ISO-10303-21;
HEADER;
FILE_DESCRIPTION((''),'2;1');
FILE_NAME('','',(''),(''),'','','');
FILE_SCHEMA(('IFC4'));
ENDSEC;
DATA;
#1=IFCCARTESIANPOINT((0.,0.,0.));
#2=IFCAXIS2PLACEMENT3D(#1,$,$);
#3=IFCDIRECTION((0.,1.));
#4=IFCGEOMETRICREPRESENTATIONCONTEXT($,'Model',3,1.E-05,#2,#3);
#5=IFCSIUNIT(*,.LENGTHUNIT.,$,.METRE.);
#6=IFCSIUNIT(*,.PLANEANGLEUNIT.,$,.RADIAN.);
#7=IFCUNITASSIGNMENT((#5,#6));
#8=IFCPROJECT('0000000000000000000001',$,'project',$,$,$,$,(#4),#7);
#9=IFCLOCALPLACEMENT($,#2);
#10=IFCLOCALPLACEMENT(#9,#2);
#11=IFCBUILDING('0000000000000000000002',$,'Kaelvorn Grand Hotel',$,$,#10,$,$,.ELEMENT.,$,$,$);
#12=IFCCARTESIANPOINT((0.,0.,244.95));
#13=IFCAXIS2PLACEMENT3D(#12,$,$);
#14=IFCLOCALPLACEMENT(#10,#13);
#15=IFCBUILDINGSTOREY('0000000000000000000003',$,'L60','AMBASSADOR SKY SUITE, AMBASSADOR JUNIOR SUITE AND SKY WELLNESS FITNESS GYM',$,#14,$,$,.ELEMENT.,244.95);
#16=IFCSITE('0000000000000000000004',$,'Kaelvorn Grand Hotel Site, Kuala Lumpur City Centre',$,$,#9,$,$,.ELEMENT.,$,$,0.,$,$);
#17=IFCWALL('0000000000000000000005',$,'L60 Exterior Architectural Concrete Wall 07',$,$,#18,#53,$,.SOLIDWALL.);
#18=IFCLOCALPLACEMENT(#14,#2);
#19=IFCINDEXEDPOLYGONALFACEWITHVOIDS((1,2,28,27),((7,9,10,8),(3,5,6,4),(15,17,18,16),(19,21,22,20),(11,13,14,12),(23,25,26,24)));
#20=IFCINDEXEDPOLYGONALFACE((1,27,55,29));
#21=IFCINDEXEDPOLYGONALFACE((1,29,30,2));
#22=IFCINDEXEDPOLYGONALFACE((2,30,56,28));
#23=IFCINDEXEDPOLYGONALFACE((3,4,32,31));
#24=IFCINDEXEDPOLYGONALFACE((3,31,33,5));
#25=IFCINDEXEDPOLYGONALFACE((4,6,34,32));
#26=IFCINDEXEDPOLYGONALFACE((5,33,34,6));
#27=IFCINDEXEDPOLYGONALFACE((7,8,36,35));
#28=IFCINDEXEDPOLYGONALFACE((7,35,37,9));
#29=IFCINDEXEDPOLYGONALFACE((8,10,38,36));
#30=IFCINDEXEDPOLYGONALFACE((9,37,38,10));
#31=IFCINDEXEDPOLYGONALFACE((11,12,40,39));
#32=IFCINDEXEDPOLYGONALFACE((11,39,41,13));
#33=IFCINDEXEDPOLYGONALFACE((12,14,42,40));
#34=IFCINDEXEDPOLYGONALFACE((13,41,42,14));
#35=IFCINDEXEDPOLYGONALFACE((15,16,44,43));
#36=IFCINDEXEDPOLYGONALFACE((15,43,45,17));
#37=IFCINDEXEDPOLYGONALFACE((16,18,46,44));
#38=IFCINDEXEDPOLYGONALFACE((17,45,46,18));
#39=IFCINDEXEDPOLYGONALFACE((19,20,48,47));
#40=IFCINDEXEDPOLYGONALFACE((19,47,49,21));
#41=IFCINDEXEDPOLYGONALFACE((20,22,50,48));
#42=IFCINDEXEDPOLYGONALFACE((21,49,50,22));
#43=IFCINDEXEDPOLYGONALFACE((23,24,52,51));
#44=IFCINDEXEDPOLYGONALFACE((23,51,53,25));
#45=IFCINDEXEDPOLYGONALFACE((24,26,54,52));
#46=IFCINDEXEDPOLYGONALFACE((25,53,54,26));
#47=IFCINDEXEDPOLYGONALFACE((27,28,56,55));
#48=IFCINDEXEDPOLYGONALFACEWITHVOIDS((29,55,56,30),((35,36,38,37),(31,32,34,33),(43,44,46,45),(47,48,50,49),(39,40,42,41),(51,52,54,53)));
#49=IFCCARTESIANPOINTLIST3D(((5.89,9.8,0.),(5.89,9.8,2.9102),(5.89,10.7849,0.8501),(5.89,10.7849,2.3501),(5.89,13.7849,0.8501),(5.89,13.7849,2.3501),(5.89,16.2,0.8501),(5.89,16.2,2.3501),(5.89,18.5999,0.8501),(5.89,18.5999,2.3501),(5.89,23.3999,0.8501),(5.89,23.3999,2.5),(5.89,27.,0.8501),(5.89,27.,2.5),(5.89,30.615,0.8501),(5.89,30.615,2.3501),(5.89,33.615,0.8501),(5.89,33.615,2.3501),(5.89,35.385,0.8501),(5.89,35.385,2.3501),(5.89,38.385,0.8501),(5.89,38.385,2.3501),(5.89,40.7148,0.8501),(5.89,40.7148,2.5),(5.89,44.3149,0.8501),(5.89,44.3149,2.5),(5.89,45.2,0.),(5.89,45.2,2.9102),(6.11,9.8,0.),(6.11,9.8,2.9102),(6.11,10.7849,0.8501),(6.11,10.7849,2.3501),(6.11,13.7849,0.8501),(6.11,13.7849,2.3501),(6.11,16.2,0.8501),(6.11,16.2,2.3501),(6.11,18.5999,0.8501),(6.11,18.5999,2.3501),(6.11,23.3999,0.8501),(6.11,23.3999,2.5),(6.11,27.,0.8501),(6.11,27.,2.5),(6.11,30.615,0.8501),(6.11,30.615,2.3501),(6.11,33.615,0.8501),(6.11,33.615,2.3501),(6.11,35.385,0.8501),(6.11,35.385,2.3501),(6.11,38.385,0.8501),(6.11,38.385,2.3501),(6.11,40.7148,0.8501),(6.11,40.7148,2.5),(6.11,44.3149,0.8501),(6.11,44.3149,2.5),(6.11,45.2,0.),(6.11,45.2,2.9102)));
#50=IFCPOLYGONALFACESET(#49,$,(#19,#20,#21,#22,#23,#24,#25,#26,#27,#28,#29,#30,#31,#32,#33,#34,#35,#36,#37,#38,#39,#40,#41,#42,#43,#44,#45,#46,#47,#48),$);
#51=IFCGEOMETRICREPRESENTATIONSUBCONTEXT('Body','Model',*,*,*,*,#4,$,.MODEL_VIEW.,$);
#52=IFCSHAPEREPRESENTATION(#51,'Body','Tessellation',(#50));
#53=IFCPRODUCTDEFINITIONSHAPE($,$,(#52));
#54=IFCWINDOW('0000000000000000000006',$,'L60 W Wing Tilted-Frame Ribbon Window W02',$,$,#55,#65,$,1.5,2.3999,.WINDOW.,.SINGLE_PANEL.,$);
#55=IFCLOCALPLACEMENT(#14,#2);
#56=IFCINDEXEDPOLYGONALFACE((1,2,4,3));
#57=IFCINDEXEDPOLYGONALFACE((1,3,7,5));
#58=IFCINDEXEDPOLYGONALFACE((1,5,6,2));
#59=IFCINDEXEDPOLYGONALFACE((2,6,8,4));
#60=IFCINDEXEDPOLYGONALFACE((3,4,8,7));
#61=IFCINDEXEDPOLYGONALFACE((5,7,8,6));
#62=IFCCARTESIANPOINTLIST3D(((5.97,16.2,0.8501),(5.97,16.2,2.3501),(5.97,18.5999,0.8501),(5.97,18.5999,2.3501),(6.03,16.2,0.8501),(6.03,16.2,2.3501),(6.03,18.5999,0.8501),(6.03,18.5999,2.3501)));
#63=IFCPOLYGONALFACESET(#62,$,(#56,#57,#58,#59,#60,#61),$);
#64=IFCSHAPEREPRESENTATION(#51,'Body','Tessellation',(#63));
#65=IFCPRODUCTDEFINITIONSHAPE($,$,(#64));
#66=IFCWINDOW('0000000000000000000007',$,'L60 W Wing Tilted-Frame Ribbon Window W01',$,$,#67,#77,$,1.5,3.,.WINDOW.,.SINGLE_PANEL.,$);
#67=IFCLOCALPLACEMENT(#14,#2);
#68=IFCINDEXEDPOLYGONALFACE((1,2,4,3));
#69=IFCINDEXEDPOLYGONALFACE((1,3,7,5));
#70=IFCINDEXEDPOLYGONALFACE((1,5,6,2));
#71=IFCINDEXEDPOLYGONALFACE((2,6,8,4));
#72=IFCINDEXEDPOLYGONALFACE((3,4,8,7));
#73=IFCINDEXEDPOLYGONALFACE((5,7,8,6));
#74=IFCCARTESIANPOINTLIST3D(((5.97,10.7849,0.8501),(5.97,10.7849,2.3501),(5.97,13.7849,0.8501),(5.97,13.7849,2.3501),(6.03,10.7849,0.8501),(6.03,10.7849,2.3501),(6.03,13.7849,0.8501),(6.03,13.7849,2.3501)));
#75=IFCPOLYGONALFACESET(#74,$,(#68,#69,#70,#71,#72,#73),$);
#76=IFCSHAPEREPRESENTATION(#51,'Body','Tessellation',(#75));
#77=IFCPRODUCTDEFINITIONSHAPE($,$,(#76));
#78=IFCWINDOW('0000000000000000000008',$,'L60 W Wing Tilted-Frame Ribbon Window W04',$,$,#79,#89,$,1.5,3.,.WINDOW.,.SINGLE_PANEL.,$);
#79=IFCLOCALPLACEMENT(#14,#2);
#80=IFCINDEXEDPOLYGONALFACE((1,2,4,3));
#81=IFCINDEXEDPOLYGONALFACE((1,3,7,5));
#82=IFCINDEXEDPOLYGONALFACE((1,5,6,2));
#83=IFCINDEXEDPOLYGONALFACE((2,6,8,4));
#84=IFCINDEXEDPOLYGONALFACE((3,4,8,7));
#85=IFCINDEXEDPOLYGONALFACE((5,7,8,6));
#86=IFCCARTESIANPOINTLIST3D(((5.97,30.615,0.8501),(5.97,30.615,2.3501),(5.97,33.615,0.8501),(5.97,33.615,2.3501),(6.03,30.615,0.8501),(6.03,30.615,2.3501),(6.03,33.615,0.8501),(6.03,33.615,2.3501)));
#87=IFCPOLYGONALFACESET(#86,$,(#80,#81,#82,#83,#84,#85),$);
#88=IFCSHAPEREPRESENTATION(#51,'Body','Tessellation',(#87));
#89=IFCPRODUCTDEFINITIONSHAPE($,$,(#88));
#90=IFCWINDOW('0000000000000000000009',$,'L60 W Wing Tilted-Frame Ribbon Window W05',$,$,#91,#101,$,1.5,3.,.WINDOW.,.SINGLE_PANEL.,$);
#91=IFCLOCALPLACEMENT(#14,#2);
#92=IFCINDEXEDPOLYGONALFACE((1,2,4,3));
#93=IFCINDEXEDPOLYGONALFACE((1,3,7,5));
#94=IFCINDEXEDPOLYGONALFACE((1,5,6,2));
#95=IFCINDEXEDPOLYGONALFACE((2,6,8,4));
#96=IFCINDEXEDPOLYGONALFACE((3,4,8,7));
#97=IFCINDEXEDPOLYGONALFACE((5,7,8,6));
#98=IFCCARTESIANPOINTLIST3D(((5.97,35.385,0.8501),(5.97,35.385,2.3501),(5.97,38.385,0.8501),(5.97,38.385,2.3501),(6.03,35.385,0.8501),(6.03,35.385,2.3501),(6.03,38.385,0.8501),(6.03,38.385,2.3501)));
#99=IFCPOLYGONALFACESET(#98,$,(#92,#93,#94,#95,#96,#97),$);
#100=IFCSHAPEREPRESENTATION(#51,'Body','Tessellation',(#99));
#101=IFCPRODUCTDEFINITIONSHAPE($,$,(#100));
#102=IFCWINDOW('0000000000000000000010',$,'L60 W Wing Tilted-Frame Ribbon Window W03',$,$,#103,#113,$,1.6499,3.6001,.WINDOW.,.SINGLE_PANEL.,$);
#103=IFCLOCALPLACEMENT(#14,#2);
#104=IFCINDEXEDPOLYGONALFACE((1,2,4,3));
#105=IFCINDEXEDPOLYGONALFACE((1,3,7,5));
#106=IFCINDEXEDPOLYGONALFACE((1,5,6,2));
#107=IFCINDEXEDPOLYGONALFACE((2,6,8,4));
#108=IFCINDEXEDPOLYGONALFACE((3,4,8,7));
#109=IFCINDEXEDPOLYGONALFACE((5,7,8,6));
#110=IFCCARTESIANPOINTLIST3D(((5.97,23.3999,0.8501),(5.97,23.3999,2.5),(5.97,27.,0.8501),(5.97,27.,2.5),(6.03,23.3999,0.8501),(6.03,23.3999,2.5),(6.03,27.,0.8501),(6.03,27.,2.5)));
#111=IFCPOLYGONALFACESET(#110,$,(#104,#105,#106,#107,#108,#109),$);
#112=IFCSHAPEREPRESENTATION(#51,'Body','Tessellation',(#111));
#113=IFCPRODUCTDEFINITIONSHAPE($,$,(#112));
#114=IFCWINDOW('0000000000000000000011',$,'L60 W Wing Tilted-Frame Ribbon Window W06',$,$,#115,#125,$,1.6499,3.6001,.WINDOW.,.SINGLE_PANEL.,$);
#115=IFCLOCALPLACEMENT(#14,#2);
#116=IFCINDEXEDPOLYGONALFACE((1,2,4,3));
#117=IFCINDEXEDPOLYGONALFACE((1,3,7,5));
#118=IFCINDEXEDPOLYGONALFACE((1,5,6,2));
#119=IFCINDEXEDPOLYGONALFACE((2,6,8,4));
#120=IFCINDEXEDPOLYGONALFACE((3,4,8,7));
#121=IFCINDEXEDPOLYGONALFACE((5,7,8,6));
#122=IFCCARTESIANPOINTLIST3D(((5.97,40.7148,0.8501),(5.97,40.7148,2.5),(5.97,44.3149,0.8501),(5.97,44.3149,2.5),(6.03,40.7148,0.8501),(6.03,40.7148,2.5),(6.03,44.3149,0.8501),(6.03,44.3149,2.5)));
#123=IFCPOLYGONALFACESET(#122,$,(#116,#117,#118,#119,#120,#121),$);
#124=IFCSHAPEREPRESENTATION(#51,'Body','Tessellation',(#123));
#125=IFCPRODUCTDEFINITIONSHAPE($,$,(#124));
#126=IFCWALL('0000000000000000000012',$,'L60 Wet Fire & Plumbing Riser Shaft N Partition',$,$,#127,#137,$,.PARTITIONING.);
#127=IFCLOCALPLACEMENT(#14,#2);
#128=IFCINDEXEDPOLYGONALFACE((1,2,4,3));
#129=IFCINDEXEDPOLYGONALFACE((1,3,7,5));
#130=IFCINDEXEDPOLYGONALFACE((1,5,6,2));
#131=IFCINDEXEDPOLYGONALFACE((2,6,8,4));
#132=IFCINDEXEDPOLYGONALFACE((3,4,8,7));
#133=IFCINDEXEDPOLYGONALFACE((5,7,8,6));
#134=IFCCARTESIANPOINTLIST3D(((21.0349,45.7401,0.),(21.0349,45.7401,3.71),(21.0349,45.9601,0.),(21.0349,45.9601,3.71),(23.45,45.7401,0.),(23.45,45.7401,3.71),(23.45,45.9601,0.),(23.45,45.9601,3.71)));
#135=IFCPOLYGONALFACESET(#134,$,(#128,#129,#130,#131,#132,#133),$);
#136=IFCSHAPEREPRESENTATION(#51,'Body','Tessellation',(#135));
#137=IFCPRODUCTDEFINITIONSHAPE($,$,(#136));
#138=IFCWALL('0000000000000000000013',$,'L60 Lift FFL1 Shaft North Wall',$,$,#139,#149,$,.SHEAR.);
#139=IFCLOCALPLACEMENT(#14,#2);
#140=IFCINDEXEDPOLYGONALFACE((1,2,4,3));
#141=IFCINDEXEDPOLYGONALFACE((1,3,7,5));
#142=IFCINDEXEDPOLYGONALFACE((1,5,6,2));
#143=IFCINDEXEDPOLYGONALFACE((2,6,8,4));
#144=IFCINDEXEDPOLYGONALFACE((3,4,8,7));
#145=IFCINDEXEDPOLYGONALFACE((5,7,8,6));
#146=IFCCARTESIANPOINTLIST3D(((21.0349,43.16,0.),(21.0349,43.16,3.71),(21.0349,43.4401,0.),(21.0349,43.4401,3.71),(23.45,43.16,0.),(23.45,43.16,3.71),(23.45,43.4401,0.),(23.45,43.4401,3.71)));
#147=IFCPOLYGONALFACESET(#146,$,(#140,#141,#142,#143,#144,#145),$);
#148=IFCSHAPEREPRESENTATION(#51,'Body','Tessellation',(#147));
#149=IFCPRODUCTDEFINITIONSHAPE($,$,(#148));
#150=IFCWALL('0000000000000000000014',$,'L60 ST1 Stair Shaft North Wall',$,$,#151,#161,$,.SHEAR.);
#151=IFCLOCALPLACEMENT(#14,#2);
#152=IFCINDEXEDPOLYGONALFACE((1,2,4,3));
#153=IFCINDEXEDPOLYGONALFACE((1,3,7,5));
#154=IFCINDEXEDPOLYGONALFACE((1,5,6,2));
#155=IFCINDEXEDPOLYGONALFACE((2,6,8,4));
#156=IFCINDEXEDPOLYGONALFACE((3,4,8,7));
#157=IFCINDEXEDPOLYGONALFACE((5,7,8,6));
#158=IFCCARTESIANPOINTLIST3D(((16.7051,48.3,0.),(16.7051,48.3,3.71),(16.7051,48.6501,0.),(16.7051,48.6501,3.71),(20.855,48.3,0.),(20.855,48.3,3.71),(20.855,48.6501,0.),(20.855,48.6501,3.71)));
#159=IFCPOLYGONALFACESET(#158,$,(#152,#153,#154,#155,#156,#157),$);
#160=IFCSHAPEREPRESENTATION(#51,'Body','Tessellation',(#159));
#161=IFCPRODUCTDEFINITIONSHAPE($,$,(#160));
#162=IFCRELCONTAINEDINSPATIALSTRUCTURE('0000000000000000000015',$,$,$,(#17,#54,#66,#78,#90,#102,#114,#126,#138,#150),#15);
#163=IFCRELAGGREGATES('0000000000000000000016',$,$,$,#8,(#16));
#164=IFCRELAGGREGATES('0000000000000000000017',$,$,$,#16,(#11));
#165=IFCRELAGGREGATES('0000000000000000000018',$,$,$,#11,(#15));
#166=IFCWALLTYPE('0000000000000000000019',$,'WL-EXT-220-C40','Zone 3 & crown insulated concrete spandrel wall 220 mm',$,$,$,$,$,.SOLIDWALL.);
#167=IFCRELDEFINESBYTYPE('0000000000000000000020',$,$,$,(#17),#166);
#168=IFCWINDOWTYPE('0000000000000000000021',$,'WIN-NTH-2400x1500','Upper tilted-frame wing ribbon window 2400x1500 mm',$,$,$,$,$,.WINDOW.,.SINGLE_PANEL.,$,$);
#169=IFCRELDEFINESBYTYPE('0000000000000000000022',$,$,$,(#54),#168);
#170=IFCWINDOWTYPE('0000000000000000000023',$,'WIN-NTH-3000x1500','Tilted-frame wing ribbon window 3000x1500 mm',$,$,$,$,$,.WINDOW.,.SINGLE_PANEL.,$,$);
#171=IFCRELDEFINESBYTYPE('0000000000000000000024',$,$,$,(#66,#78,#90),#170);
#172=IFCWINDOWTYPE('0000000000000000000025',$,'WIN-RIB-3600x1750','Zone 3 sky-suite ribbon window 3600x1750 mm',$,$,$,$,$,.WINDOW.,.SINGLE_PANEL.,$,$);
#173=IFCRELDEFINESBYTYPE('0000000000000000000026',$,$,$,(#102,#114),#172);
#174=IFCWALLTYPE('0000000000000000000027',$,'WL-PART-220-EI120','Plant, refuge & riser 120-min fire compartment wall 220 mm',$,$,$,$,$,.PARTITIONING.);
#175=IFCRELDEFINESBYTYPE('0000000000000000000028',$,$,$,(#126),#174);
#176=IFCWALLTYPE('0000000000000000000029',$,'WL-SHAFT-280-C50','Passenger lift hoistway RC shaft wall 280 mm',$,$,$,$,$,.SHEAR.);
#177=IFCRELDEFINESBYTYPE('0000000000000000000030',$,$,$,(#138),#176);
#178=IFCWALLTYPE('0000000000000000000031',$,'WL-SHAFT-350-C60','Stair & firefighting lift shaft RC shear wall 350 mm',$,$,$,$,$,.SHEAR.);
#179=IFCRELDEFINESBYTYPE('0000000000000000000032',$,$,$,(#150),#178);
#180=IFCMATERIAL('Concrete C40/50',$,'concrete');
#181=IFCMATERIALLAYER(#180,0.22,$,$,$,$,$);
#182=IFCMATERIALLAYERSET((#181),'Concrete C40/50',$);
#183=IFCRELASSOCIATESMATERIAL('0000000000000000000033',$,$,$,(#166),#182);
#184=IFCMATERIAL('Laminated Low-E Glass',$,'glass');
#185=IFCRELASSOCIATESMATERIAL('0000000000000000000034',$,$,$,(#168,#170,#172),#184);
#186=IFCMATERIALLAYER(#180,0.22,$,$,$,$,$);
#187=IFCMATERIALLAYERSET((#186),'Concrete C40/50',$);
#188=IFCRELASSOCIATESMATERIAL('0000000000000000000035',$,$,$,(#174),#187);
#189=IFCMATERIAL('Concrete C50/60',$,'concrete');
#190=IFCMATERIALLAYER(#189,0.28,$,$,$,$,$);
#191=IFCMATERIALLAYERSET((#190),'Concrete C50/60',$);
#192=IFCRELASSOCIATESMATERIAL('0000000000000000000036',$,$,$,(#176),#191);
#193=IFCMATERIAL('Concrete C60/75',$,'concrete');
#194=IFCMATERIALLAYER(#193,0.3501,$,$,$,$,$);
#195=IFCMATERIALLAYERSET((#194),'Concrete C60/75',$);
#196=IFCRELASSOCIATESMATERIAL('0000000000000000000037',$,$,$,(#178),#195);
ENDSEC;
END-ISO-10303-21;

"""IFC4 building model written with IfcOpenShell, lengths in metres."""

from ifc_helpers import new_model, si_unit, direction, frame, frame_2d, origin, place, context, subcontext, project, spatial, rectangle, extrude, material, layer, layer_set, type_object, element, fill, save


model = new_model("IFC4")

# Units and contexts
model_context = context("Model", 3, precision=1e-05, world=origin(), true_north=direction((0.0, 1.0)))
body_context = subcontext(model_context, "Body", "Model", "MODEL_VIEW")
ifc_project = project(units=[si_unit("LENGTHUNIT", "METRE"), si_unit("PLANEANGLEUNIT", "RADIAN")], contexts=[model_context])

# Site, building, storey
site_placement = place(None, origin())
site = spatial("IfcSite", under=ifc_project, at=site_placement, Name="Kaelvorn Grand Hotel Site, Kuala Lumpur City Centre", CompositionType="ELEMENT", RefElevation=0.0)
building_placement = place(site_placement, origin())
building = spatial("IfcBuilding", under=site, at=building_placement, Name="Kaelvorn Grand Hotel", CompositionType="ELEMENT")
storey_placement = place(building_placement, frame((0.0, 0.0, 244.95)))
storey = spatial("IfcBuildingStorey", under=building, at=storey_placement, Name="L60", Description="AMBASSADOR SKY SUITE, AMBASSADOR JUNIOR SUITE AND SKY WELLNESS FITNESS GYM", CompositionType="ELEMENT", Elevation=244.95)

# Shared definitions
ifc_material_1 = material(Name="Concrete C60/75", Category="concrete")
ifc_material_2 = material(Name="Concrete C50/60", Category="concrete")

# Shared definitions
ifc_material_3 = material(Name="Concrete C40/50", Category="concrete")
ifc_layer_1 = layer(ifc_material_3, 0.22)
ifc_layer_set_1 = layer_set([ifc_layer_1], Name="Concrete C40/50")
wall_type_1 = type_object("IfcWallType", Name="WL-EXT-220-C40", Description="Zone 3 & crown insulated concrete spandrel wall 220 mm", PredefinedType="SOLIDWALL", material=ifc_layer_set_1)
ifc_material_4 = material(Name="Laminated Low-E Glass", Category="glass")

# Wall, openings, windows
wall_1_placement = place(storey_placement, frame((6.0, 45.2, 0.0), z_axis=(0.0, 0.0, 1.0), x_axis=(0.0, -1.0, 0.0)))
wall_1 = element("IfcWall", 1, at=wall_1_placement, inside=storey, type_object=wall_type_1, Name="L60 Exterior Architectural Concrete Wall 07", PredefinedType="SOLIDWALL", context=body_context, shape_type="SweptSolid", body=[
    extrude(rectangle(XDim=35.3999, YDim=0.22, at=frame_2d((17.7, 0.0))), origin(), (0.0, 0.0, 1.0), 2.9102),
])
opening_1_placement = place(wall_1_placement, frame((31.415, 0.0, 0.8501)))
opening_1 = element("IfcOpeningElement", 2, at=opening_1_placement, cuts=wall_1, PredefinedType="OPENING", context=body_context, shape_type="SweptSolid", body=[
    extrude(rectangle(XDim=3.0, YDim=1.5, at=frame_2d((1.5, 0.75))), frame((0.0, 0.1201, 0.0), z_axis=(0.0, -1.0, 0.0), x_axis=(1.0, 0.0, 0.0)), (0.0, 0.0, 1.0), 0.24),
])
opening_2_placement = place(wall_1_placement, frame((26.6001, 0.0, 0.8501)))
opening_2 = element("IfcOpeningElement", 3, at=opening_2_placement, cuts=wall_1, PredefinedType="OPENING", context=body_context, shape_type="SweptSolid", body=[
    extrude(rectangle(XDim=2.3999, YDim=1.5, at=frame_2d((1.2, 0.75))), frame((0.0, 0.1201, 0.0), z_axis=(0.0, -1.0, 0.0), x_axis=(1.0, 0.0, 0.0)), (0.0, 0.0, 1.0), 0.24),
])
opening_3_placement = place(wall_1_placement, frame((18.2, 0.0, 0.8501)))
opening_3 = element("IfcOpeningElement", 4, at=opening_3_placement, cuts=wall_1, PredefinedType="OPENING", context=body_context, shape_type="SweptSolid", body=[
    extrude(rectangle(XDim=3.6001, YDim=1.6499, at=frame_2d((1.8, 0.825))), frame((0.0, 0.1201, 0.0), z_axis=(0.0, -1.0, 0.0), x_axis=(1.0, 0.0, 0.0)), (0.0, 0.0, 1.0), 0.24),
])
opening_4_placement = place(wall_1_placement, frame((11.585, 0.0, 0.8501)))
opening_4 = element("IfcOpeningElement", 5, at=opening_4_placement, cuts=wall_1, PredefinedType="OPENING", context=body_context, shape_type="SweptSolid", body=[
    extrude(rectangle(XDim=3.0, YDim=1.5, at=frame_2d((1.5, 0.75))), frame((0.0, 0.1201, 0.0), z_axis=(0.0, -1.0, 0.0), x_axis=(1.0, 0.0, 0.0)), (0.0, 0.0, 1.0), 0.24),
])
opening_5_placement = place(wall_1_placement, frame((6.8149, 0.0, 0.8501)))
opening_5 = element("IfcOpeningElement", 6, at=opening_5_placement, cuts=wall_1, PredefinedType="OPENING", context=body_context, shape_type="SweptSolid", body=[
    extrude(rectangle(XDim=3.0, YDim=1.5, at=frame_2d((1.5, 0.75))), frame((0.0, 0.1201, 0.0), z_axis=(0.0, -1.0, 0.0), x_axis=(1.0, 0.0, 0.0)), (0.0, 0.0, 1.0), 0.24),
])
opening_6_placement = place(wall_1_placement, frame((0.885, 0.0, 0.8501)))
opening_6 = element("IfcOpeningElement", 7, at=opening_6_placement, cuts=wall_1, PredefinedType="OPENING", context=body_context, shape_type="SweptSolid", body=[
    extrude(rectangle(XDim=3.6001, YDim=1.6499, at=frame_2d((1.8, 0.825))), frame((0.0, 0.1201, 0.0), z_axis=(0.0, -1.0, 0.0), x_axis=(1.0, 0.0, 0.0)), (0.0, 0.0, 1.0), 0.24),
])
window_type_1 = type_object("IfcWindowType", Name="WIN-NTH-2400x1500", Description="Upper tilted-frame wing ribbon window 2400x1500 mm", PartitioningType="SINGLE_PANEL", PredefinedType="WINDOW", material=ifc_material_4)
window_1_placement = place(opening_2_placement, origin())
window_1 = element("IfcWindow", 8, at=window_1_placement, inside=storey, type_object=window_type_1, Name="L60 W Wing Tilted-Frame Ribbon Window W02", OverallHeight=1.5, OverallWidth=2.3999, PartitioningType="SINGLE_PANEL", PredefinedType="WINDOW", context=body_context, shape_type="SweptSolid", body=[
    extrude(rectangle(XDim=2.3999, YDim=1.5, at=frame_2d((1.2, 0.75))), frame((0.0, 0.03, 0.0), z_axis=(0.0, -1.0, 0.0), x_axis=(1.0, 0.0, 0.0)), (0.0, 0.0, 1.0), 0.0601),
])
fill(opening_2, window_1)
window_type_2 = type_object("IfcWindowType", Name="WIN-NTH-3000x1500", Description="Tilted-frame wing ribbon window 3000x1500 mm", PartitioningType="SINGLE_PANEL", PredefinedType="WINDOW", material=ifc_material_4)
window_2_placement = place(opening_1_placement, origin())
window_2 = element("IfcWindow", 9, at=window_2_placement, inside=storey, type_object=window_type_2, Name="L60 W Wing Tilted-Frame Ribbon Window W01", OverallHeight=1.5, OverallWidth=3.0, PartitioningType="SINGLE_PANEL", PredefinedType="WINDOW", context=body_context, shape_type="SweptSolid", body=[
    extrude(rectangle(XDim=3.0, YDim=1.5, at=frame_2d((1.5, 0.75))), frame((0.0, 0.03, 0.0), z_axis=(0.0, -1.0, 0.0), x_axis=(1.0, 0.0, 0.0)), (0.0, 0.0, 1.0), 0.0601),
])
fill(opening_1, window_2)
window_3_placement = place(opening_4_placement, origin())
window_3 = element("IfcWindow", 10, at=window_3_placement, inside=storey, type_object=window_type_2, Name="L60 W Wing Tilted-Frame Ribbon Window W04", OverallHeight=1.5, OverallWidth=3.0, PartitioningType="SINGLE_PANEL", PredefinedType="WINDOW", context=body_context, shape_type="SweptSolid", body=[
    extrude(rectangle(XDim=3.0, YDim=1.5, at=frame_2d((1.5, 0.75))), frame((0.0, 0.03, 0.0), z_axis=(0.0, -1.0, 0.0), x_axis=(1.0, 0.0, 0.0)), (0.0, 0.0, 1.0), 0.0601),
])
fill(opening_4, window_3)
window_4_placement = place(opening_5_placement, origin())
window_4 = element("IfcWindow", 11, at=window_4_placement, inside=storey, type_object=window_type_2, Name="L60 W Wing Tilted-Frame Ribbon Window W05", OverallHeight=1.5, OverallWidth=3.0, PartitioningType="SINGLE_PANEL", PredefinedType="WINDOW", context=body_context, shape_type="SweptSolid", body=[
    extrude(rectangle(XDim=3.0, YDim=1.5, at=frame_2d((1.5, 0.75))), frame((0.0, 0.03, 0.0), z_axis=(0.0, -1.0, 0.0), x_axis=(1.0, 0.0, 0.0)), (0.0, 0.0, 1.0), 0.0601),
])
fill(opening_5, window_4)
window_type_3 = type_object("IfcWindowType", Name="WIN-RIB-3600x1750", Description="Zone 3 sky-suite ribbon window 3600x1750 mm", PartitioningType="SINGLE_PANEL", PredefinedType="WINDOW", material=ifc_material_4)
window_5_placement = place(opening_3_placement, origin())
window_5 = element("IfcWindow", 12, at=window_5_placement, inside=storey, type_object=window_type_3, Name="L60 W Wing Tilted-Frame Ribbon Window W03", OverallHeight=1.6499, OverallWidth=3.6001, PartitioningType="SINGLE_PANEL", PredefinedType="WINDOW", context=body_context, shape_type="SweptSolid", body=[
    extrude(rectangle(XDim=3.6001, YDim=1.6499, at=frame_2d((1.8, 0.825))), frame((0.0, 0.03, 0.0), z_axis=(0.0, -1.0, 0.0), x_axis=(1.0, 0.0, 0.0)), (0.0, 0.0, 1.0), 0.0601),
])
fill(opening_3, window_5)
window_6_placement = place(opening_6_placement, origin())
window_6 = element("IfcWindow", 13, at=window_6_placement, inside=storey, type_object=window_type_3, Name="L60 W Wing Tilted-Frame Ribbon Window W06", OverallHeight=1.6499, OverallWidth=3.6001, PartitioningType="SINGLE_PANEL", PredefinedType="WINDOW", context=body_context, shape_type="SweptSolid", body=[
    extrude(rectangle(XDim=3.6001, YDim=1.6499, at=frame_2d((1.8, 0.825))), frame((0.0, 0.03, 0.0), z_axis=(0.0, -1.0, 0.0), x_axis=(1.0, 0.0, 0.0)), (0.0, 0.0, 1.0), 0.0601),
])
fill(opening_6, window_6)

# Walls
ifc_layer_2 = layer(ifc_material_3, 0.22)
ifc_layer_set_2 = layer_set([ifc_layer_2], Name="Concrete C40/50")
wall_type_2 = type_object("IfcWallType", Name="WL-PART-220-EI120", Description="Plant, refuge & riser 120-min fire compartment wall 220 mm", PredefinedType="PARTITIONING", material=ifc_layer_set_2)
wall_2_placement = place(storey_placement, frame((21.0349, 45.8501, 0.0), z_axis=(0.0, 0.0, 1.0), x_axis=(1.0, 0.0, 0.0)))
element("IfcWall", 14, at=wall_2_placement, inside=storey, type_object=wall_type_2, Name="L60 Wet Fire & Plumbing Riser Shaft N Partition", PredefinedType="PARTITIONING", context=body_context, shape_type="SweptSolid", body=[
    extrude(rectangle(XDim=2.415, YDim=0.22, at=frame_2d((1.2075, 0.0))), origin(), (0.0, 0.0, 1.0), 3.71),
])
ifc_layer_3 = layer(ifc_material_2, 0.28)
ifc_layer_set_3 = layer_set([ifc_layer_3], Name="Concrete C50/60")
wall_type_3 = type_object("IfcWallType", Name="WL-SHAFT-280-C50", Description="Passenger lift hoistway RC shaft wall 280 mm", PredefinedType="SHEAR", material=ifc_layer_set_3)
wall_3_placement = place(storey_placement, frame((21.0349, 43.3, 0.0), z_axis=(0.0, 0.0, 1.0), x_axis=(1.0, 0.0, 0.0)))
element("IfcWall", 15, at=wall_3_placement, inside=storey, type_object=wall_type_3, Name="L60 Lift FFL1 Shaft North Wall", PredefinedType="SHEAR", context=body_context, shape_type="SweptSolid", body=[
    extrude(rectangle(XDim=2.415, YDim=0.28, at=frame_2d((1.2075, 0.0))), origin(), (0.0, 0.0, 1.0), 3.71),
])
ifc_layer_4 = layer(ifc_material_1, 0.3501)
ifc_layer_set_4 = layer_set([ifc_layer_4], Name="Concrete C60/75")
wall_type_4 = type_object("IfcWallType", Name="WL-SHAFT-350-C60", Description="Stair & firefighting lift shaft RC shear wall 350 mm", PredefinedType="SHEAR", material=ifc_layer_set_4)
wall_4_placement = place(storey_placement, frame((16.7051, 48.4751, 0.0), z_axis=(0.0, 0.0, 1.0), x_axis=(1.0, 0.0, 0.0)))
element("IfcWall", 16, at=wall_4_placement, inside=storey, type_object=wall_type_4, Name="L60 ST1 Stair Shaft North Wall", PredefinedType="SHEAR", context=body_context, shape_type="SweptSolid", body=[
    extrude(rectangle(XDim=4.1499, YDim=0.3501, at=frame_2d((2.075, 0.0))), origin(), (0.0, 0.0, 1.0), 3.71),
])

save(model, "model.ifc")
